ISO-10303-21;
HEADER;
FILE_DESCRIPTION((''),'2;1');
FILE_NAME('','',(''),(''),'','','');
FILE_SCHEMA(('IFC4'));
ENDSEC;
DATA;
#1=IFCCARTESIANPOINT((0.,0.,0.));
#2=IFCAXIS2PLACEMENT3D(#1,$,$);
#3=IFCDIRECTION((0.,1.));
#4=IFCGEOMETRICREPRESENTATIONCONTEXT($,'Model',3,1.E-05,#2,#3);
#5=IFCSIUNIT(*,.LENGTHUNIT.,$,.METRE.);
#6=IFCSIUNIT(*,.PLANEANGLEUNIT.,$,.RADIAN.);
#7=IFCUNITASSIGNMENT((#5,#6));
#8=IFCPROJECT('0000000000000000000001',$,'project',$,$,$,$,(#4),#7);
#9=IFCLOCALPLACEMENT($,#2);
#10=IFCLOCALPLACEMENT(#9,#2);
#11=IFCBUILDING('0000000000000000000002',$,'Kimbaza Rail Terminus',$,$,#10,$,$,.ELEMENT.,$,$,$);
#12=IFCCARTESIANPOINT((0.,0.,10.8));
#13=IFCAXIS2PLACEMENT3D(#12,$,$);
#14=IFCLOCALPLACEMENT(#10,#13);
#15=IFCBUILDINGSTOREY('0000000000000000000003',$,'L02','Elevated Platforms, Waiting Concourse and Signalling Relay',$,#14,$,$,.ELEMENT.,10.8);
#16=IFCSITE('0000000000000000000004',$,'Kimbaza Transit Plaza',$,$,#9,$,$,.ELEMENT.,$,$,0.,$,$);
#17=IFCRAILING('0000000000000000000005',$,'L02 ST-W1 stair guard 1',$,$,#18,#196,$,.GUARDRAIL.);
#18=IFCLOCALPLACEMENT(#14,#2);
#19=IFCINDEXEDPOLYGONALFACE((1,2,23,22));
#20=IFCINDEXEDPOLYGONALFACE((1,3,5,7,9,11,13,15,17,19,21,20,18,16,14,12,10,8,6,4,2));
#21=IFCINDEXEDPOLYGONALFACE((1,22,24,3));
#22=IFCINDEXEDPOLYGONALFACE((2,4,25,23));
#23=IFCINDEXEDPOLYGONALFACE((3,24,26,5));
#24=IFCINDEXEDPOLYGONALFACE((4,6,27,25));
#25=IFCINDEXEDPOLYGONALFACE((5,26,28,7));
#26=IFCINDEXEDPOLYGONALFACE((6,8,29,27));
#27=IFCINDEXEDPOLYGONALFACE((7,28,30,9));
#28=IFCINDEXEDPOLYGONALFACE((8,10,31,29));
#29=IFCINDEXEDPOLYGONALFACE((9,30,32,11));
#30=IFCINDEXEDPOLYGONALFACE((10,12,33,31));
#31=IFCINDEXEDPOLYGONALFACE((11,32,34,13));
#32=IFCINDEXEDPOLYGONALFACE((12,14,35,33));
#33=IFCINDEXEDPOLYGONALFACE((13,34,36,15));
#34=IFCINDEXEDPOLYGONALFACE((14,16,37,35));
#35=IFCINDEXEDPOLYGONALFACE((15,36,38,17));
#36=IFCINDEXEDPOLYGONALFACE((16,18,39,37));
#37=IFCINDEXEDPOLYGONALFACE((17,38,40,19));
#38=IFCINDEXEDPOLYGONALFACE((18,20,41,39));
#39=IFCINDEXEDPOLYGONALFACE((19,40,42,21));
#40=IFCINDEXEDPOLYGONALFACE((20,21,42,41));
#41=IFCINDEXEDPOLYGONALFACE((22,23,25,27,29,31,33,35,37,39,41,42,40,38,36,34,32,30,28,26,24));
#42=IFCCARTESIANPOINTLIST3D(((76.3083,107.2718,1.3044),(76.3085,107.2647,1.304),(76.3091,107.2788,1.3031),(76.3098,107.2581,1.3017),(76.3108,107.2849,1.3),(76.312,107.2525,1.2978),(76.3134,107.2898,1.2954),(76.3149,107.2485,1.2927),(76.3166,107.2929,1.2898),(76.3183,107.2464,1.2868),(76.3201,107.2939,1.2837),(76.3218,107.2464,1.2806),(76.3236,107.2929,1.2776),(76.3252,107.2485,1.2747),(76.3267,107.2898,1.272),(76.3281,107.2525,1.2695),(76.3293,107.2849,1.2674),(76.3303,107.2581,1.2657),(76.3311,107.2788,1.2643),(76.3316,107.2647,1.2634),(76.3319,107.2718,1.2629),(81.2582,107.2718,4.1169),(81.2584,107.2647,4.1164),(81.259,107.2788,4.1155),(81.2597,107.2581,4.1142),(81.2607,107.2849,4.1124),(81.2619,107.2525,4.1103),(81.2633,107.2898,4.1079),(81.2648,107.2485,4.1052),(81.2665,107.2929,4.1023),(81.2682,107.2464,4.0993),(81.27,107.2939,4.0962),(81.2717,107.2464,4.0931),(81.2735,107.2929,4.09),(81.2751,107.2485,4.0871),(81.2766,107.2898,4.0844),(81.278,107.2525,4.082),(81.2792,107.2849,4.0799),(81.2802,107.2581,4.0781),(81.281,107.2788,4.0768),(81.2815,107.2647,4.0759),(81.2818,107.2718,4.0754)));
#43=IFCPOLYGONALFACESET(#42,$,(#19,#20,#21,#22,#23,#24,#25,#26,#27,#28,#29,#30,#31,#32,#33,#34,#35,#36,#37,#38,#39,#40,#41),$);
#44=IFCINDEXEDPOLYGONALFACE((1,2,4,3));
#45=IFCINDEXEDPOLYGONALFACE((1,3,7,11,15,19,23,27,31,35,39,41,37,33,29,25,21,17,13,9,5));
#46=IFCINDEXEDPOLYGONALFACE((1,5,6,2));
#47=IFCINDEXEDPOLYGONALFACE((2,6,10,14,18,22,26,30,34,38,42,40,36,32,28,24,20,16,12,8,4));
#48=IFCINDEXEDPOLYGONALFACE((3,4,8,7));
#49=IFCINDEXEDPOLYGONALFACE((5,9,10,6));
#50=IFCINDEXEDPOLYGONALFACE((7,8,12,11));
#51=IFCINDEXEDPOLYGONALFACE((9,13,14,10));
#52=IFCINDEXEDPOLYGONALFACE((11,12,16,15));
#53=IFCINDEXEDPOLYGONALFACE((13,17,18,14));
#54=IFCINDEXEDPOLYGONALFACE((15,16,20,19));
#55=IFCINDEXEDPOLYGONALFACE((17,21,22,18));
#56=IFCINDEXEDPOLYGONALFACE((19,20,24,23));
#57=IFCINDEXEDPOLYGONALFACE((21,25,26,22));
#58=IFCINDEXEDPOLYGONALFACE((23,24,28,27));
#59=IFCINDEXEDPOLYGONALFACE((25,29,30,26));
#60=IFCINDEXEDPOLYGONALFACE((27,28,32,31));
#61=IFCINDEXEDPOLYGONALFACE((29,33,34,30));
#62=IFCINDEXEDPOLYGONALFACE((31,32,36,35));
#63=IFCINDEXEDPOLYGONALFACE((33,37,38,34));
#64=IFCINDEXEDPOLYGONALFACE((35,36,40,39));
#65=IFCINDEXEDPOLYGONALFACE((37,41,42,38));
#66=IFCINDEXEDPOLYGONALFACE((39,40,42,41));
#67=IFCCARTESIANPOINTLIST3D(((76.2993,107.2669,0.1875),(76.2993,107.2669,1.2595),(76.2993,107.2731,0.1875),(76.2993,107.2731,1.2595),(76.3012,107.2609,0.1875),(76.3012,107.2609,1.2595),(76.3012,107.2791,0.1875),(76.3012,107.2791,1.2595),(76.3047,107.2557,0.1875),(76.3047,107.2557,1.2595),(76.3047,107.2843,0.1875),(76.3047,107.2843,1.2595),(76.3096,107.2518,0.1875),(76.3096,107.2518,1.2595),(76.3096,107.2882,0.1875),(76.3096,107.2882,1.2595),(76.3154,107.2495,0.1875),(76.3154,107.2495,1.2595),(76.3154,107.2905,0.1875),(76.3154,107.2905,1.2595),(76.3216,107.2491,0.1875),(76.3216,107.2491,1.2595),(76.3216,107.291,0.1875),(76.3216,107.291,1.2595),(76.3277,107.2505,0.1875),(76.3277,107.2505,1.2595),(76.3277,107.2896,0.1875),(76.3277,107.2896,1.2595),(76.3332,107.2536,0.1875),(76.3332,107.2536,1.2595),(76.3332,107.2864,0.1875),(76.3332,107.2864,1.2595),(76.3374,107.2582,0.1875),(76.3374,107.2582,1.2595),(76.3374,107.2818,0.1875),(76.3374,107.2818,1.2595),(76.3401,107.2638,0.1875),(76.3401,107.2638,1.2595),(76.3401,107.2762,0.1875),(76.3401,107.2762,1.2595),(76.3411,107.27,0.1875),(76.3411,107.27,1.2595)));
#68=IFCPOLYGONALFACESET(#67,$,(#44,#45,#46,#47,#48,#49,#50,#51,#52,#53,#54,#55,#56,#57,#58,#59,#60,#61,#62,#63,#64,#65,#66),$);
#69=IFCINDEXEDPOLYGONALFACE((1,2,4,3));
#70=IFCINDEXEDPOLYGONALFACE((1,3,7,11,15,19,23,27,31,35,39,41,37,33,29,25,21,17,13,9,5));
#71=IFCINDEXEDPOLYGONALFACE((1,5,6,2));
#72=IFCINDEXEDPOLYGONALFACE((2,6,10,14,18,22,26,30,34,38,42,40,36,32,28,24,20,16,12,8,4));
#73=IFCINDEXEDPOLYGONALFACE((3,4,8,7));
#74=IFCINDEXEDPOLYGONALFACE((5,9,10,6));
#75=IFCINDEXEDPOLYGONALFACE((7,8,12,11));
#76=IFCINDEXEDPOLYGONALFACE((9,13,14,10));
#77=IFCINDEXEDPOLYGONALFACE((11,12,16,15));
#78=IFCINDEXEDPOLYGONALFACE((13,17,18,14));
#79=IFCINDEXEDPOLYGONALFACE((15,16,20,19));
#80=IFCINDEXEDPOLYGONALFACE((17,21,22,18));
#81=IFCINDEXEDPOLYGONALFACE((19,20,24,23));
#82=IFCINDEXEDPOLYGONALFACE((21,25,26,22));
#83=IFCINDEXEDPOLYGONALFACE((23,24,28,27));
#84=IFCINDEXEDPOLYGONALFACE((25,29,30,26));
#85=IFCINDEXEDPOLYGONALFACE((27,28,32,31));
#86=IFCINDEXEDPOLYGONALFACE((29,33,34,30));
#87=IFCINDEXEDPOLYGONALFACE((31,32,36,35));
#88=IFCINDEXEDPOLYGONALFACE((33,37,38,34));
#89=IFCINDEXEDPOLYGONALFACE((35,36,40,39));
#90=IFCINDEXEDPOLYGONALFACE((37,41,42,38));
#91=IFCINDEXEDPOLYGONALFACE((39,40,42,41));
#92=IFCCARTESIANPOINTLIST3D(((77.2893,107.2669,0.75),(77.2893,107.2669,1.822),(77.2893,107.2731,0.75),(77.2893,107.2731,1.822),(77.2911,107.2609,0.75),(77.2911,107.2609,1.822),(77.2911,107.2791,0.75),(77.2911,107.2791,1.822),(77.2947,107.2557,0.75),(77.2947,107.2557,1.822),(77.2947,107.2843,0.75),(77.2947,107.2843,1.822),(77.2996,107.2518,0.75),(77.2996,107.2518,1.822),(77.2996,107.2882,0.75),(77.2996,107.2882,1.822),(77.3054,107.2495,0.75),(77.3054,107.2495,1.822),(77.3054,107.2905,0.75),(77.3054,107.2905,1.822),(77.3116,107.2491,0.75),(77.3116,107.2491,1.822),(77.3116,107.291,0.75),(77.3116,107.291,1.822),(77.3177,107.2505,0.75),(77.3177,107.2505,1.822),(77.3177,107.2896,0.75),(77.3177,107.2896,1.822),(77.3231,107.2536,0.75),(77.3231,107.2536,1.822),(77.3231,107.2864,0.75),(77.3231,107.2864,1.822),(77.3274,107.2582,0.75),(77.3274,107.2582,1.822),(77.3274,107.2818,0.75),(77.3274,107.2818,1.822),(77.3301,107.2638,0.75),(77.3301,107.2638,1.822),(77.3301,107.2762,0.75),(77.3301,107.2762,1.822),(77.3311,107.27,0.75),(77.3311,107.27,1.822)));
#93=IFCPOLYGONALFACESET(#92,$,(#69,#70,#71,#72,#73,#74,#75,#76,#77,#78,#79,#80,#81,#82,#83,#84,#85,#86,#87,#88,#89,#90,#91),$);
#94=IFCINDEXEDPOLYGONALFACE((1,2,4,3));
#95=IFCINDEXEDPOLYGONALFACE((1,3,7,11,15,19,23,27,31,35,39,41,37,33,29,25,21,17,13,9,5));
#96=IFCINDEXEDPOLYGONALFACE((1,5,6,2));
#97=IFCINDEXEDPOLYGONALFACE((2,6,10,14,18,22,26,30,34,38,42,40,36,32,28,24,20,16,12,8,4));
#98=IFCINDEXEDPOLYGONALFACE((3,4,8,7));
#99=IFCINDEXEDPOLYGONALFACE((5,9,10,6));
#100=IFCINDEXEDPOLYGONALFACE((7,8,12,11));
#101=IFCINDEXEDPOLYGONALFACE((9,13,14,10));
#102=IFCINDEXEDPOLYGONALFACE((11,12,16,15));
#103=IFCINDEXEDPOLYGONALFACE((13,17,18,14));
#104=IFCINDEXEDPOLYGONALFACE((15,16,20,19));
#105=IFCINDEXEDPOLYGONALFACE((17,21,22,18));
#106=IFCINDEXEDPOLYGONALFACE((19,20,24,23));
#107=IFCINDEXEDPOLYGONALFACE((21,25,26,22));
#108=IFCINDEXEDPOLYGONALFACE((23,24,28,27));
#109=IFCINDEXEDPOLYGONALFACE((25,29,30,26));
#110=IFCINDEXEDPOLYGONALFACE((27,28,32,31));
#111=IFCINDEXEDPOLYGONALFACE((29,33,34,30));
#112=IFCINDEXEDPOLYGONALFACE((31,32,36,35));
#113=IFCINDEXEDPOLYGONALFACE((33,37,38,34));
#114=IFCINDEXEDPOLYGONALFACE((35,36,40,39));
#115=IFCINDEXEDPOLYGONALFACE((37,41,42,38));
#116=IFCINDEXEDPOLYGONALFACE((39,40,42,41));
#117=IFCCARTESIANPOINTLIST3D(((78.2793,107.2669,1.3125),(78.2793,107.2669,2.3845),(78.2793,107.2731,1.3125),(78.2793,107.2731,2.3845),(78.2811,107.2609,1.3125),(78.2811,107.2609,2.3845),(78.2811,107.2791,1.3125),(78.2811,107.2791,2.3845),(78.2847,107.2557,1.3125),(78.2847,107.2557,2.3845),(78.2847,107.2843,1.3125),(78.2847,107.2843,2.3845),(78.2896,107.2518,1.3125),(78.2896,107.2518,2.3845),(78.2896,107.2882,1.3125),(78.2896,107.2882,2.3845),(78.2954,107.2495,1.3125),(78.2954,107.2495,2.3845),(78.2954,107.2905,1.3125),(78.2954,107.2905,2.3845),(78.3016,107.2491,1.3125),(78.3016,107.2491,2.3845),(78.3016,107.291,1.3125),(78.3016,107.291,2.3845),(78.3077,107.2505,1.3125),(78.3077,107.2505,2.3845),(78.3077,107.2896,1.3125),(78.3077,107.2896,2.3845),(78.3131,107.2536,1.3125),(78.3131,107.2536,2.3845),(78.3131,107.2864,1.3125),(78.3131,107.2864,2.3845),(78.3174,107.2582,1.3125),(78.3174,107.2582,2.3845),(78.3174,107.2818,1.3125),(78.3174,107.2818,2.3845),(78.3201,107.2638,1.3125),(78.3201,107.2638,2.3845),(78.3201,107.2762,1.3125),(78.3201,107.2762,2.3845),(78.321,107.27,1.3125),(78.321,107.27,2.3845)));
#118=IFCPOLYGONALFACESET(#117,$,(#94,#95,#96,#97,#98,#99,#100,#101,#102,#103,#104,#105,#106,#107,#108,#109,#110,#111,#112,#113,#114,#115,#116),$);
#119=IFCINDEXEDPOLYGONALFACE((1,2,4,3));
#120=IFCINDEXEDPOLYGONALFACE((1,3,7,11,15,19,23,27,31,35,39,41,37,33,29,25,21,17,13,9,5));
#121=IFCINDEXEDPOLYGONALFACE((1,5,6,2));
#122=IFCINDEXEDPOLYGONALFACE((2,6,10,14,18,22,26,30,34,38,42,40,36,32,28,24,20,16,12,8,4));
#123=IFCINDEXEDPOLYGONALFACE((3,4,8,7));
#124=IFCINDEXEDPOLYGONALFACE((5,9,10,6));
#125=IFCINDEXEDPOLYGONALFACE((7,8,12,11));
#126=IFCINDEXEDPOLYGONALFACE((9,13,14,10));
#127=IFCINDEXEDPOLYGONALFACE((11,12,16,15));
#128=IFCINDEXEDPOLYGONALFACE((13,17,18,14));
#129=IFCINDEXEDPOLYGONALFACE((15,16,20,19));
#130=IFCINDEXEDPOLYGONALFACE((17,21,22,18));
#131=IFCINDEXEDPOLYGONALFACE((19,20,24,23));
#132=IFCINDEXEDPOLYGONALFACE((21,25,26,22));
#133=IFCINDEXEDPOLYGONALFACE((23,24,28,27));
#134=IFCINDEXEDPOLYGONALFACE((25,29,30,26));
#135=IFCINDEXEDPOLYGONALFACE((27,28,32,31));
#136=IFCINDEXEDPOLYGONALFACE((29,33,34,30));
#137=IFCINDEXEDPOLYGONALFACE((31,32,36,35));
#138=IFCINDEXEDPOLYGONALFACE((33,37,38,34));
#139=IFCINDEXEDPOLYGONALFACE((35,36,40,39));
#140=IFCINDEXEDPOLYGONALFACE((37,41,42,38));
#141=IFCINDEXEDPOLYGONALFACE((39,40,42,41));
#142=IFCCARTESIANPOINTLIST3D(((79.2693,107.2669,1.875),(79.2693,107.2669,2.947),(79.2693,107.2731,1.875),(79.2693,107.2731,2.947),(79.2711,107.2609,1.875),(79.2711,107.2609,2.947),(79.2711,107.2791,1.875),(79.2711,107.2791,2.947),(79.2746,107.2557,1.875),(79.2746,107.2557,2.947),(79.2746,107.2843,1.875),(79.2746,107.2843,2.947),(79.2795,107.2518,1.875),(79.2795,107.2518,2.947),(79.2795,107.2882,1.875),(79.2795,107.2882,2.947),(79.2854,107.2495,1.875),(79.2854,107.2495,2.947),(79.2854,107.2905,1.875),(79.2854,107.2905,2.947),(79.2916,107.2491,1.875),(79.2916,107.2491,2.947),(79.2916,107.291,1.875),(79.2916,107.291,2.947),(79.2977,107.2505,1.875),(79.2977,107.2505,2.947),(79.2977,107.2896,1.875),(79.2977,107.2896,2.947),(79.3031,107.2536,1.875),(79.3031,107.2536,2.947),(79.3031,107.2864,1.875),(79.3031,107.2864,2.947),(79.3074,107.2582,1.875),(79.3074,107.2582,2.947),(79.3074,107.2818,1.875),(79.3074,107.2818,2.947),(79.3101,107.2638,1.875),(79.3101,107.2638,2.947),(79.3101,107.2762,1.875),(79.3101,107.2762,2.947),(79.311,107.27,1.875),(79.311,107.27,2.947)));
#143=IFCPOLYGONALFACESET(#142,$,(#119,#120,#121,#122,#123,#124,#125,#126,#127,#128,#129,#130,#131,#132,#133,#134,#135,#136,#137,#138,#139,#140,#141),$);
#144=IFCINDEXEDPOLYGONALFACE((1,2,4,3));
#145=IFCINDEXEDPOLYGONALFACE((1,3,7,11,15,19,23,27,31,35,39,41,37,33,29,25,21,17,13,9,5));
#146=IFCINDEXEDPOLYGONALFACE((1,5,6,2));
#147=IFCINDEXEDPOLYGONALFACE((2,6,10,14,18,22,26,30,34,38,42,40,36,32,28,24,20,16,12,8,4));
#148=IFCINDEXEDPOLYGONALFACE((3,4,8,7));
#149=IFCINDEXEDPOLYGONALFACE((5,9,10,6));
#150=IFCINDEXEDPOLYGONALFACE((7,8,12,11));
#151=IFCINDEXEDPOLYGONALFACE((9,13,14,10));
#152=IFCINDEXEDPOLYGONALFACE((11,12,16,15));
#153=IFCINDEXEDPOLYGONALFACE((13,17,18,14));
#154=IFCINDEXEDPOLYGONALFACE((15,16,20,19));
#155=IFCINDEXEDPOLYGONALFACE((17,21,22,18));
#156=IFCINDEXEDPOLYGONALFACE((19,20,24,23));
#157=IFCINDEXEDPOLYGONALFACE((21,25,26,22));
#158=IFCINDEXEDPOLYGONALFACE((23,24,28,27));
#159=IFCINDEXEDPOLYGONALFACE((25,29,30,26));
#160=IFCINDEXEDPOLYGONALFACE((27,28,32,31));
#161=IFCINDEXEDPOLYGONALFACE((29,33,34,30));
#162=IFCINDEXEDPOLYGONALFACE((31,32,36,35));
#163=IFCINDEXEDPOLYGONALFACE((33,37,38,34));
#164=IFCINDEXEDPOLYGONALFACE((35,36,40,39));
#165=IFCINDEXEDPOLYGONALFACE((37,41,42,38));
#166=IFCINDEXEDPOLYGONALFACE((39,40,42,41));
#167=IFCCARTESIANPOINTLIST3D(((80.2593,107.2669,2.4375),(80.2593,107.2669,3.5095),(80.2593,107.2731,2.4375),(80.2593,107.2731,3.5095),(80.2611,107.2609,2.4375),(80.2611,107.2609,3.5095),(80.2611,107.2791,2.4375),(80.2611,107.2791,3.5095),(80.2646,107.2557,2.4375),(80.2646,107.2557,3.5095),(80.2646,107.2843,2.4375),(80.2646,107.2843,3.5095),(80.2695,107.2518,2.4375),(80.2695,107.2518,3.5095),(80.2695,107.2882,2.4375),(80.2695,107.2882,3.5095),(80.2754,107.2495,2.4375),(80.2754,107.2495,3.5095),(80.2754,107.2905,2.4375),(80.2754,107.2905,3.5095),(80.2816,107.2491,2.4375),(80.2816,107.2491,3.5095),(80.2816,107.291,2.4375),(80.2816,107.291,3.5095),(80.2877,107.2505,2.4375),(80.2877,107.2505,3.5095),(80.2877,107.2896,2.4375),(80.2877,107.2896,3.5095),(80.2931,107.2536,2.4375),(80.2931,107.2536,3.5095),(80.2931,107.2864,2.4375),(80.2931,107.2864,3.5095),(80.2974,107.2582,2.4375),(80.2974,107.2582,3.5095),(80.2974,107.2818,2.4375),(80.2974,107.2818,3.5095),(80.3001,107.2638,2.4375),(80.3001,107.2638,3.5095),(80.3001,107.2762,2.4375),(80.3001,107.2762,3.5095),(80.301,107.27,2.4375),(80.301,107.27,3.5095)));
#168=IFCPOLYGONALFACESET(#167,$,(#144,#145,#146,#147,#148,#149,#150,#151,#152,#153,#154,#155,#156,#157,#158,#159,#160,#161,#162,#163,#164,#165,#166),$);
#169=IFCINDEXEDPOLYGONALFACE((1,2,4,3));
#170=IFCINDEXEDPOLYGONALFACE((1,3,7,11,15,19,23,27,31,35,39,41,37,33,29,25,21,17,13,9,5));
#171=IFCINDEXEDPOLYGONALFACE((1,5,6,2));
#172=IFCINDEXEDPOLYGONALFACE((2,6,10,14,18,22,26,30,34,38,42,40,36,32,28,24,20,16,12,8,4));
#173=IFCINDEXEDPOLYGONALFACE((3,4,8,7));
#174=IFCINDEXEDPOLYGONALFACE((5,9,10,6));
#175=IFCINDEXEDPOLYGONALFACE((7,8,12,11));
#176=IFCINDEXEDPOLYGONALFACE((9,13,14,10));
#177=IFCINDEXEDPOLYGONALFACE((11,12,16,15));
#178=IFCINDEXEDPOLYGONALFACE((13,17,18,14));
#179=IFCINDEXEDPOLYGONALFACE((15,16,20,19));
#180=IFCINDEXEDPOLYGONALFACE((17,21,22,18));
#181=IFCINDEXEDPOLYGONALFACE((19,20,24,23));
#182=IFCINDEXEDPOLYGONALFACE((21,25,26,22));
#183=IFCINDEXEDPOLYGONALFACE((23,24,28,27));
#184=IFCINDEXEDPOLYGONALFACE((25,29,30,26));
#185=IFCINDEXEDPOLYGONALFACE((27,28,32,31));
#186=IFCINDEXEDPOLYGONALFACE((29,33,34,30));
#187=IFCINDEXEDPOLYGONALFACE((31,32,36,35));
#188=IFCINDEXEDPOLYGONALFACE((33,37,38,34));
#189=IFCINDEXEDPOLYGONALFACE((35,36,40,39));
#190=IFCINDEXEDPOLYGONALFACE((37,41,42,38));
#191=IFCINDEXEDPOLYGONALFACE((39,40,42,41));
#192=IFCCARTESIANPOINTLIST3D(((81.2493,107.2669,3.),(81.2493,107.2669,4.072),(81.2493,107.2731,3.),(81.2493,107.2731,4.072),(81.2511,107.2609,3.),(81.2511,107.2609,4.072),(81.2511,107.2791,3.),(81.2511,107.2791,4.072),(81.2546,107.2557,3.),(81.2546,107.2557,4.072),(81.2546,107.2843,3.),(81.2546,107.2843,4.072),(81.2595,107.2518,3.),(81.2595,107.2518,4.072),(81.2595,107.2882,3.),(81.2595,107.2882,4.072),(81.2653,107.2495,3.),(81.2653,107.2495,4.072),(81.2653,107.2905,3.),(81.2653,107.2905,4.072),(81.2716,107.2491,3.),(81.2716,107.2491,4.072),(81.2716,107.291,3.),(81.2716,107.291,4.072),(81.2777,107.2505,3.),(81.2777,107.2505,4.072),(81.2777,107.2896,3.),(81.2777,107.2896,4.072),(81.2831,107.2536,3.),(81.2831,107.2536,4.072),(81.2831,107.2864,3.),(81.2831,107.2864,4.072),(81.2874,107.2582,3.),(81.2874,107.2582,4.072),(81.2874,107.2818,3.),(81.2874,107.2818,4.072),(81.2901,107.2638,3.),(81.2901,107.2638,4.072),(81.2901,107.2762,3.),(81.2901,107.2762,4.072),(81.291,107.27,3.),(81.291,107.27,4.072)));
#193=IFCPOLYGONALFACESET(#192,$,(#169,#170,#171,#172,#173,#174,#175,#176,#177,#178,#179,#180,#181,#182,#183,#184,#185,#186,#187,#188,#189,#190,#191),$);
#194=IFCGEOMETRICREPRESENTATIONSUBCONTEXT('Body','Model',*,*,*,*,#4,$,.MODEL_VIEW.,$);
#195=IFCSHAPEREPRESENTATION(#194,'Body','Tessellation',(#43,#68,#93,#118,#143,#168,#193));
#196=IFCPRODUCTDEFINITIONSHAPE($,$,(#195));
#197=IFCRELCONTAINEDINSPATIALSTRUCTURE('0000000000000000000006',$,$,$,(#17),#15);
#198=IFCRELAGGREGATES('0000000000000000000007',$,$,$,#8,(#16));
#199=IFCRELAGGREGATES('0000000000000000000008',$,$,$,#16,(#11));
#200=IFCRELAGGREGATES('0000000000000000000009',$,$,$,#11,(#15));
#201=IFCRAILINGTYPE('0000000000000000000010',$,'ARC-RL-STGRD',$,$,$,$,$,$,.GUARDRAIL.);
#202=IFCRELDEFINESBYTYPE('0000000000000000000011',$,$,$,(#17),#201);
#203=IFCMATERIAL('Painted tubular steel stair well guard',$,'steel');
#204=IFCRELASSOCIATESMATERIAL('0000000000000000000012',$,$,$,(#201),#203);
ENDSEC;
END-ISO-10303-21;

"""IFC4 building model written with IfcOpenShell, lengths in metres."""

from ifc_helpers import new_model, si_unit, direction, frame, origin, origin_2d, place, context, subcontext, project, spatial, circle, extrude, material, type_object, element, save


model = new_model("IFC4")

# Units and contexts
model_context = context("Model", 3, precision=1e-05, world=origin(), true_north=direction((0.0, 1.0)))
body_context = subcontext(model_context, "Body", "Model", "MODEL_VIEW")
ifc_project = project(units=[si_unit("LENGTHUNIT", "METRE"), si_unit("PLANEANGLEUNIT", "RADIAN")], contexts=[model_context])

# Site, building, storey
site_placement = place(None, origin())
site = spatial("IfcSite", under=ifc_project, at=site_placement, Name="Kimbaza Transit Plaza", CompositionType="ELEMENT", RefElevation=0.0)
building_placement = place(site_placement, origin())
building = spatial("IfcBuilding", under=site, at=building_placement, Name="Kimbaza Rail Terminus", CompositionType="ELEMENT")
storey_placement = place(building_placement, frame((0.0, 0.0, 10.8)))
storey = spatial("IfcBuildingStorey", under=building, at=storey_placement, Name="L02", Description="Elevated Platforms, Waiting Concourse and Signalling Relay", CompositionType="ELEMENT", Elevation=10.8)

# Railing
ifc_material_1 = material(Name="Painted tubular steel stair well guard", Category="steel")
railing_type_1 = type_object("IfcRailingType", Name="ARC-RL-STGRD", PredefinedType="GUARDRAIL", material=ifc_material_1)
railing_1_placement = place(storey_placement, frame((76.3201, 107.27, 0.1875)))
element("IfcRailing", 1, at=railing_1_placement, inside=storey, type_object=railing_type_1, Name="L02 ST-W1 stair guard 1", PredefinedType="GUARDRAIL", context=body_context, shape_type="SweptSolid", body=[
    extrude(circle(Radius=0.0239, at=origin_2d()), frame((0.0, 0.0, 1.0962), z_axis=(0.869454, 0.0, 0.494013), x_axis=(0.0, 1.0, 0.0)), (0.0, 0.0, 1.0), 5.6931),
    extrude(circle(Radius=0.021, at=origin_2d()), origin(), (0.0, 0.0, 1.0), 1.072),
    extrude(circle(Radius=0.021, at=origin_2d()), frame((0.99, 0.0, 0.5625)), (0.0, 0.0, 1.0), 1.072),
    extrude(circle(Radius=0.021, at=origin_2d()), frame((1.98, 0.0, 1.125)), (0.0, 0.0, 1.0), 1.072),
    extrude(circle(Radius=0.021, at=origin_2d()), frame((2.97, 0.0, 1.6875)), (0.0, 0.0, 1.0), 1.072),
    extrude(circle(Radius=0.021, at=origin_2d()), frame((3.96, 0.0, 2.25)), (0.0, 0.0, 1.0), 1.072),
    extrude(circle(Radius=0.021, at=origin_2d()), frame((4.95, 0.0, 2.8125)), (0.0, 0.0, 1.0), 1.072),
])

save(model, "model.ifc")
